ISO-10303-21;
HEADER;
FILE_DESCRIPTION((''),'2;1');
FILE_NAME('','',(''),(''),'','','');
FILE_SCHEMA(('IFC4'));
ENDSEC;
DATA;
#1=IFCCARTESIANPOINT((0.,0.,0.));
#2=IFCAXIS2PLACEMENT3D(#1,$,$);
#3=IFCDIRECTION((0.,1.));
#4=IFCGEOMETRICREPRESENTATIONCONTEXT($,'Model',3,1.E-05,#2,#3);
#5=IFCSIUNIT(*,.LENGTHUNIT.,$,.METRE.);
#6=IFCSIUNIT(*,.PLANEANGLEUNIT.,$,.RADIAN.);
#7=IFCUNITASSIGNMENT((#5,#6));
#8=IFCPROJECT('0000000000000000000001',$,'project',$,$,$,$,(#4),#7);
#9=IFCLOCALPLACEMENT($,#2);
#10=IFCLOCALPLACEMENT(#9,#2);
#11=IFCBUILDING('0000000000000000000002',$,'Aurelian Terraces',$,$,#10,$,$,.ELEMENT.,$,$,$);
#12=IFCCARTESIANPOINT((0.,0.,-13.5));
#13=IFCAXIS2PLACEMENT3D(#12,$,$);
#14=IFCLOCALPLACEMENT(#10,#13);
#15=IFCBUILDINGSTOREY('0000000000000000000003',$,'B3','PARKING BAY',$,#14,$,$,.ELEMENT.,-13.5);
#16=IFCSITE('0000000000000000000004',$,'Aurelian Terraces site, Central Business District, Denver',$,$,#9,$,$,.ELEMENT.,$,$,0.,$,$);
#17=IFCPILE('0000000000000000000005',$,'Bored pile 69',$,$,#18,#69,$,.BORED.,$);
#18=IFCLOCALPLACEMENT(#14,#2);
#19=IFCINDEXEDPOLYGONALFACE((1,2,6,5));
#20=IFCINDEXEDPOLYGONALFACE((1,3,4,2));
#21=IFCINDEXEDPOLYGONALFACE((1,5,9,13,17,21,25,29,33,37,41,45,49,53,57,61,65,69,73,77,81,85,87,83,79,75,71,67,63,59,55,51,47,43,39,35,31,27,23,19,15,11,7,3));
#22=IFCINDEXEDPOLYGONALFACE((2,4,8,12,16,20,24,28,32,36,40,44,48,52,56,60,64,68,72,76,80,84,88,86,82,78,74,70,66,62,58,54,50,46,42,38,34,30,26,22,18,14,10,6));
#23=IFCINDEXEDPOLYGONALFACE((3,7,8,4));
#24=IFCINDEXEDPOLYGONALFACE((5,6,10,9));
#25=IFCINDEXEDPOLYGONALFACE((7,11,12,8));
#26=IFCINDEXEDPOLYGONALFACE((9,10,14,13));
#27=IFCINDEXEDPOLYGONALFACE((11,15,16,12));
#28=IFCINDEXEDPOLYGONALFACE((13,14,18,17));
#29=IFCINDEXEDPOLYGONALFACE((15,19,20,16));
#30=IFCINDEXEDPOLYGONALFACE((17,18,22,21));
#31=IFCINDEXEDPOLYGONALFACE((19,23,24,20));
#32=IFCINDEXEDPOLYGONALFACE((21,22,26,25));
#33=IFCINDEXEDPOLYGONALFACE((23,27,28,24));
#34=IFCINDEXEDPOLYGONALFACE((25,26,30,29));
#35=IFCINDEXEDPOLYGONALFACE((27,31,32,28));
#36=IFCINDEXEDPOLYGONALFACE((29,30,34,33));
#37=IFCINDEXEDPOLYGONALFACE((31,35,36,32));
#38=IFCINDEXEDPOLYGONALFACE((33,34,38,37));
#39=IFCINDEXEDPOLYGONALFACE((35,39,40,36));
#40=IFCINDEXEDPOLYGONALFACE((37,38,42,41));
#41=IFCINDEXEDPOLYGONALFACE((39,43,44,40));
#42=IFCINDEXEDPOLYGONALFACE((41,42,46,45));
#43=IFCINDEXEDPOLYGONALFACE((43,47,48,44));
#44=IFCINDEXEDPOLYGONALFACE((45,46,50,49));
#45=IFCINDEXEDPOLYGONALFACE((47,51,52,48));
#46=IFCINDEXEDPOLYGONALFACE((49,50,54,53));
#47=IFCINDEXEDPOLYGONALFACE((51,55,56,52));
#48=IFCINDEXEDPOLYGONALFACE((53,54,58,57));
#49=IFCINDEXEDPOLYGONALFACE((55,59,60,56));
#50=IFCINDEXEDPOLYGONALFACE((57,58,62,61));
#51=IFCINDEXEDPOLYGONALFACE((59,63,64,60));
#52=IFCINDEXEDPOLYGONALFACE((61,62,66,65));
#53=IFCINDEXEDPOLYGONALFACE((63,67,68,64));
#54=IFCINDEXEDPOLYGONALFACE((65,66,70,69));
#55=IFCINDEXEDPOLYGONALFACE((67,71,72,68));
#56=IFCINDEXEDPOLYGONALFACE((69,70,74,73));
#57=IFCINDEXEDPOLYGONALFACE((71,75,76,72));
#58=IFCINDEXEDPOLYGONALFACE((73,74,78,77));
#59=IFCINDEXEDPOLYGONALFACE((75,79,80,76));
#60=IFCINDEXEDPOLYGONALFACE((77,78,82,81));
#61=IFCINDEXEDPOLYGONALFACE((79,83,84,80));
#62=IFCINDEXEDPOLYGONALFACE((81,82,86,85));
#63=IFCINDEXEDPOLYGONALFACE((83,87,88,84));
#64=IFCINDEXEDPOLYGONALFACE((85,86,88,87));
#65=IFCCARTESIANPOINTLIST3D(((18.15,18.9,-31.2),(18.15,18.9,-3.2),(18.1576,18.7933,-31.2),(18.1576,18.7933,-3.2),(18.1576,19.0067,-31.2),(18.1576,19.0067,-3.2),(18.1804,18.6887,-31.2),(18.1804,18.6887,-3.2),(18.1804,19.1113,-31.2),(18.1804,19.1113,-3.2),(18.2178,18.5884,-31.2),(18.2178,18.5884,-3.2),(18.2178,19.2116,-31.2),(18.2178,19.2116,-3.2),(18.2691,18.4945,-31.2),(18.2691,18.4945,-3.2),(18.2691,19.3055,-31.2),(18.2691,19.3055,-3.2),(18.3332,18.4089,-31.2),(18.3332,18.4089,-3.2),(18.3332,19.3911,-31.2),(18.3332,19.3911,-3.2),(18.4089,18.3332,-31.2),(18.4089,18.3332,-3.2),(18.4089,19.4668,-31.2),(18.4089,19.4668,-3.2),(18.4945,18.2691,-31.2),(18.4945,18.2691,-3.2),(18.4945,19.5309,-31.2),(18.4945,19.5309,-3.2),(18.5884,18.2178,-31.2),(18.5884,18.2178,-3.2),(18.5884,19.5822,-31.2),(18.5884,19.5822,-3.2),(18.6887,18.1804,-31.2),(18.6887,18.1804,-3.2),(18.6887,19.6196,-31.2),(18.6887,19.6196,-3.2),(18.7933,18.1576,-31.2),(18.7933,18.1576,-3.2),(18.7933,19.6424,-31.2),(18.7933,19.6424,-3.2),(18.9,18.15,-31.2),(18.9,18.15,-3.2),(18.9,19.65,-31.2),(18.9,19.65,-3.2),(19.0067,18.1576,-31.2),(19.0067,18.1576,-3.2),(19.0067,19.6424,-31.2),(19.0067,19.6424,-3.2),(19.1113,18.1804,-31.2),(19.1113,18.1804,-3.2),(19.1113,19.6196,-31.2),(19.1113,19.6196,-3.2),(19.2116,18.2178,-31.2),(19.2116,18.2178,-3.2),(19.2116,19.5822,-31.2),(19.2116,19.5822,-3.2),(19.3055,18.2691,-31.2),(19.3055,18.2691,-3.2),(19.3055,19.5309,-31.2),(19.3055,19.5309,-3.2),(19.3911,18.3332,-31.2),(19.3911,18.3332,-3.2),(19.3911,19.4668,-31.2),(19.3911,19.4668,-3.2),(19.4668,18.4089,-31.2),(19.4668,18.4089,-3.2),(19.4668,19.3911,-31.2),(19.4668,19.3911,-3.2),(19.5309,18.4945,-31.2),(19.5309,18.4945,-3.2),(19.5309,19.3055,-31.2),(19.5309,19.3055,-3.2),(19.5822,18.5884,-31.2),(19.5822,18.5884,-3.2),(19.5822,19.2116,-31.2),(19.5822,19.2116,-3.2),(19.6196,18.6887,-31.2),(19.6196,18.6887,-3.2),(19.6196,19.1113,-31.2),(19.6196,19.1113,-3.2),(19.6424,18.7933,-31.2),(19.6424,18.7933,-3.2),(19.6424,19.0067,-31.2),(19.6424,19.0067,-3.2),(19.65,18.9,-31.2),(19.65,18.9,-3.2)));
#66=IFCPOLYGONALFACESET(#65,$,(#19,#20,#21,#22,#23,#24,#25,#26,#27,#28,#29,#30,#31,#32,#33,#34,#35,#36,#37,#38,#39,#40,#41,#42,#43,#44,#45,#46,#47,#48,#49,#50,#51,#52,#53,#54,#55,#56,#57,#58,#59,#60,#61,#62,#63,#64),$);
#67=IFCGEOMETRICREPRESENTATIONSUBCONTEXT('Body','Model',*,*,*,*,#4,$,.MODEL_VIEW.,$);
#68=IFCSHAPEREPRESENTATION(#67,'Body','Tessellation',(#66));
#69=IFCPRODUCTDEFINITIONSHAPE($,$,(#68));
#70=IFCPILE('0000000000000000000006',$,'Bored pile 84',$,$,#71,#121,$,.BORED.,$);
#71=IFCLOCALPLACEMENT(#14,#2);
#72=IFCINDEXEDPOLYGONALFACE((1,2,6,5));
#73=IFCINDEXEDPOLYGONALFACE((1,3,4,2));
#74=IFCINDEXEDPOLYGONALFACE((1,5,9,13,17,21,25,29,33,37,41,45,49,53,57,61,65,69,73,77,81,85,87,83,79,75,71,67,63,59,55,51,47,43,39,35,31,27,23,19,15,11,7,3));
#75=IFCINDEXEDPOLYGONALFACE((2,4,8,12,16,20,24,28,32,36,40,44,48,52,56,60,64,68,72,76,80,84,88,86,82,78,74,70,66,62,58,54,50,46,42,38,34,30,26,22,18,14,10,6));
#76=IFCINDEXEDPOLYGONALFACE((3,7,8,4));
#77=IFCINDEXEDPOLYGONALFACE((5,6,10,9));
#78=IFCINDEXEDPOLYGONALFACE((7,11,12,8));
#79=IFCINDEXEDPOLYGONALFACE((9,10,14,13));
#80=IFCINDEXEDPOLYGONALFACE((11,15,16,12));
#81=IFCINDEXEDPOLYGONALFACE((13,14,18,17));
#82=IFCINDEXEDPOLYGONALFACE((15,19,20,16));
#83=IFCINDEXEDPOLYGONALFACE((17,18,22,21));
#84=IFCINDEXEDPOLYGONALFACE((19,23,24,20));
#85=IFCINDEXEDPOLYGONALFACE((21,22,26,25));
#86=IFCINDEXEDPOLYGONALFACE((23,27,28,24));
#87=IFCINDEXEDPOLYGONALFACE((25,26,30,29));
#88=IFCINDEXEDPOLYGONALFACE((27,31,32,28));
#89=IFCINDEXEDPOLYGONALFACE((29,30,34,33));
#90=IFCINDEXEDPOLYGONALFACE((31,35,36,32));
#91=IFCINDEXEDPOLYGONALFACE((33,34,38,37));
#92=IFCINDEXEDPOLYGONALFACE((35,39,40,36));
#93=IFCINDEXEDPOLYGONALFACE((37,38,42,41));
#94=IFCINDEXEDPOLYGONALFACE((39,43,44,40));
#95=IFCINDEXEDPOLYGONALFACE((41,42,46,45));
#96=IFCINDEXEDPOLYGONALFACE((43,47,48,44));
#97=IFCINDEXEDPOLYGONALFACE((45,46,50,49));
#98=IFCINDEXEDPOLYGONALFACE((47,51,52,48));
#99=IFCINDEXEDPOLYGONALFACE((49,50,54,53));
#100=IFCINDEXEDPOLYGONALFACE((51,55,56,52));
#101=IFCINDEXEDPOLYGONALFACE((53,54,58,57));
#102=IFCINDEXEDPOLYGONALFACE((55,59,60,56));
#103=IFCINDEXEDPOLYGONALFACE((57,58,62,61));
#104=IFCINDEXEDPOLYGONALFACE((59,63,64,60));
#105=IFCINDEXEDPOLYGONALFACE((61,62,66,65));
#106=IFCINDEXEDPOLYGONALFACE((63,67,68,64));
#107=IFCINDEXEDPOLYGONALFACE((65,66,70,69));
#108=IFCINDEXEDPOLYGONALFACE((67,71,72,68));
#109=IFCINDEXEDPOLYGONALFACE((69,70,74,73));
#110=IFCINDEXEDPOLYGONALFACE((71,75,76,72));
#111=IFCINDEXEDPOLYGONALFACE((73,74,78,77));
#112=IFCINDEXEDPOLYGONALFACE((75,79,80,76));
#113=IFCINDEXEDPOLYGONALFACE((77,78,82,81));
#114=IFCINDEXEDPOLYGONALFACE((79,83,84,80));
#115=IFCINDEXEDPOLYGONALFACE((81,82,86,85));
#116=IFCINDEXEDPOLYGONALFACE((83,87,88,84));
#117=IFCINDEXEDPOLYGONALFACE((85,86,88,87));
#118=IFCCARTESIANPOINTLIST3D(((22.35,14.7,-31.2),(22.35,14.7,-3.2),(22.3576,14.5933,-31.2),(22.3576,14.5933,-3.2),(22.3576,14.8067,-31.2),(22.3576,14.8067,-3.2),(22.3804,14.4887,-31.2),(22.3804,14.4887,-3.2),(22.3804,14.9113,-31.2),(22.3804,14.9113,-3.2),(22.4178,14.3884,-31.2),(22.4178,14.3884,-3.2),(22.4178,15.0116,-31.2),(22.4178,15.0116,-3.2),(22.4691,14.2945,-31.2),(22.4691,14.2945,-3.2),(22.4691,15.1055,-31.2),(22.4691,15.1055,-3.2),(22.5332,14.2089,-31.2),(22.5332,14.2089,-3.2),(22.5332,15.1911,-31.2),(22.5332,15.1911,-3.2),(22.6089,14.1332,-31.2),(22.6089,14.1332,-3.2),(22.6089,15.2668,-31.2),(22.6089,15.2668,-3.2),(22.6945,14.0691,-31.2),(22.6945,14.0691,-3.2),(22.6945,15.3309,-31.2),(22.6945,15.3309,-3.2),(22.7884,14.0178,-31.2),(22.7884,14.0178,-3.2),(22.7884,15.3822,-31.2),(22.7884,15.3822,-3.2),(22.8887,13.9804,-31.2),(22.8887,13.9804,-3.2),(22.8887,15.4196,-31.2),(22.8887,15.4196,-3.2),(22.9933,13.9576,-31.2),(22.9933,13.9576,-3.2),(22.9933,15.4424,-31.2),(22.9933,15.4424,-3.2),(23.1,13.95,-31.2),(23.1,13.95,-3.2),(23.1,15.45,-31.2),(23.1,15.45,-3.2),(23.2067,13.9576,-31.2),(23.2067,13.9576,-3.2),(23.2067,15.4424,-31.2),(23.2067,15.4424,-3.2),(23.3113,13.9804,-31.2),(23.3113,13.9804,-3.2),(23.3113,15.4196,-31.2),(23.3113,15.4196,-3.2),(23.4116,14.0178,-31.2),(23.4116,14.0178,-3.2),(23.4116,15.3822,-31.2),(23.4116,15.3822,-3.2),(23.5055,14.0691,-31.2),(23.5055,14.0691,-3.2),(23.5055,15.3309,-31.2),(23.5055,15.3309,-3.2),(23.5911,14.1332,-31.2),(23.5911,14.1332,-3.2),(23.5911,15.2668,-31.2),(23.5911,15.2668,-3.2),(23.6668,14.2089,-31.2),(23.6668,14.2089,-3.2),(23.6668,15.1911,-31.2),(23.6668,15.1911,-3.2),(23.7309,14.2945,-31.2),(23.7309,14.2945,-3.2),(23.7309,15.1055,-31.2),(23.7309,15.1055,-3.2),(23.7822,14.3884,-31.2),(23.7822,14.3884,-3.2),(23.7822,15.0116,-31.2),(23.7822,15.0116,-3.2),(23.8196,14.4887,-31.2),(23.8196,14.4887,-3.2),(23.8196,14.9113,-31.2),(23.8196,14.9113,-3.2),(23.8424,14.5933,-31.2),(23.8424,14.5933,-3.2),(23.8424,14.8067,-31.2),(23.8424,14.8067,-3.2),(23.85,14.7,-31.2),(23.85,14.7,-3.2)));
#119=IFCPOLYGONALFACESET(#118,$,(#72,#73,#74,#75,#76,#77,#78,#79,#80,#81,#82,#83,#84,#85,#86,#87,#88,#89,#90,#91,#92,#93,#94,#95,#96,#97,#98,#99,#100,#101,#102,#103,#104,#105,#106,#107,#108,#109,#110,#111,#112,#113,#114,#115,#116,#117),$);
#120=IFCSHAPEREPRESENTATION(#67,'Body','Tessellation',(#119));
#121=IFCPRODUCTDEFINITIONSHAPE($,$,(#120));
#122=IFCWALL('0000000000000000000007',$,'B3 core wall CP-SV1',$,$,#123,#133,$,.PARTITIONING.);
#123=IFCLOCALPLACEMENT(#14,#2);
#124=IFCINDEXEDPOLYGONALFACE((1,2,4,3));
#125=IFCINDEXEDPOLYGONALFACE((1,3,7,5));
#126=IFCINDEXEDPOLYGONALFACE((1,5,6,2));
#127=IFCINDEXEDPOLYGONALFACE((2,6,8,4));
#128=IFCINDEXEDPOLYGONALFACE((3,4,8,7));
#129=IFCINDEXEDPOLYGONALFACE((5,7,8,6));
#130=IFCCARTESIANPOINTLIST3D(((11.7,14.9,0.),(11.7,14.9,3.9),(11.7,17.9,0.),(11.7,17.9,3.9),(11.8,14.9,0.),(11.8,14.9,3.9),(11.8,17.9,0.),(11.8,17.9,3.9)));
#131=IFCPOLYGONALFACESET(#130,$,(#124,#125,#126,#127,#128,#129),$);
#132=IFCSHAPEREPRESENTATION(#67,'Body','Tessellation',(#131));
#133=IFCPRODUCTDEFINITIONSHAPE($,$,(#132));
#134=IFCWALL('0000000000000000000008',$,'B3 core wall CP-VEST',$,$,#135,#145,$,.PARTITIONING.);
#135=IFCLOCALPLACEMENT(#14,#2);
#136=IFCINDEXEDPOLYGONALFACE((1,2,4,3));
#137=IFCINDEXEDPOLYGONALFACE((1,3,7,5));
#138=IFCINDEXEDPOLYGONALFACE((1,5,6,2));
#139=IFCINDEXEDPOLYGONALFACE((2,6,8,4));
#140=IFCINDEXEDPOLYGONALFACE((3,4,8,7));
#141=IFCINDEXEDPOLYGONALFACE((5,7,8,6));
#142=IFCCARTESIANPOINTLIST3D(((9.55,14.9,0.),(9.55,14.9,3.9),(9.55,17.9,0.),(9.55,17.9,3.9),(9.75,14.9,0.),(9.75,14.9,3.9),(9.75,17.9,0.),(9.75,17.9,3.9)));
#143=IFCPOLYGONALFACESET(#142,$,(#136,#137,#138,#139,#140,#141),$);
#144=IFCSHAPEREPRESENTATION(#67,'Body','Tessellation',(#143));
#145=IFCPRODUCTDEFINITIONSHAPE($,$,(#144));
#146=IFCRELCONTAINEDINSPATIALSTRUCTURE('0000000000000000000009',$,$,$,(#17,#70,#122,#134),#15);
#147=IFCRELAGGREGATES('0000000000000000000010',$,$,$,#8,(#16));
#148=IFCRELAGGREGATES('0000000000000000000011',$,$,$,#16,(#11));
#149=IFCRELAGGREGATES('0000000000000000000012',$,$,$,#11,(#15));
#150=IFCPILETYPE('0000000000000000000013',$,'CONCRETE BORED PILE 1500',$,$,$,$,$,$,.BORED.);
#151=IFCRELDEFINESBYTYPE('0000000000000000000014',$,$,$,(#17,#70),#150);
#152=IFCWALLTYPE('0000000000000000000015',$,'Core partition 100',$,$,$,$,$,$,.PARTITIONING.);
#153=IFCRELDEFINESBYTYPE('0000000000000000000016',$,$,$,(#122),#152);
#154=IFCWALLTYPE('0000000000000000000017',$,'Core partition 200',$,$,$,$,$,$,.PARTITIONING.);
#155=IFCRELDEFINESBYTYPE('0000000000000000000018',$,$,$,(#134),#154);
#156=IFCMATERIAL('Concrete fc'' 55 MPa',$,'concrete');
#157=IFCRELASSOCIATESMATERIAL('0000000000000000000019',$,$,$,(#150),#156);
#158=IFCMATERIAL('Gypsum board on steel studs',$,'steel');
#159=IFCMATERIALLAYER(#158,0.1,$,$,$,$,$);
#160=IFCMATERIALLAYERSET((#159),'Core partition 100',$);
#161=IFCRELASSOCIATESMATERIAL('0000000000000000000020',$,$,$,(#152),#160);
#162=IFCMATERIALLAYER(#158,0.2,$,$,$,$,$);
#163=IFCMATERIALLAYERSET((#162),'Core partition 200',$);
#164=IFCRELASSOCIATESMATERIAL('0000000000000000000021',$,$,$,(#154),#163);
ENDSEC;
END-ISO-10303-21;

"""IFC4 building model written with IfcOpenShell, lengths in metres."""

from ifc_helpers import new_model, si_unit, direction, frame, frame_2d, origin, origin_2d, place, context, subcontext, project, spatial, rectangle, circle, extrude, source, transform, mapped, material, layer, layer_set, material_profile, profile_set, type_object, element, save


model = new_model("IFC4")

# Units and contexts
model_context = context("Model", 3, precision=1e-05, world=origin(), true_north=direction((0.0, 1.0)))
body_context = subcontext(model_context, "Body", "Model", "MODEL_VIEW")
ifc_project = project(units=[si_unit("LENGTHUNIT", "METRE"), si_unit("PLANEANGLEUNIT", "RADIAN")], contexts=[model_context])

# Site, building, storey
site_placement = place(None, origin())
site = spatial("IfcSite", under=ifc_project, at=site_placement, Name="Aurelian Terraces site, Central Business District, Denver", CompositionType="ELEMENT", RefElevation=0.0)
building_placement = place(site_placement, origin())
building = spatial("IfcBuilding", under=site, at=building_placement, Name="Aurelian Terraces", CompositionType="ELEMENT")
storey_placement = place(building_placement, frame((0.0, 0.0, -13.5)))
storey = spatial("IfcBuildingStorey", under=building, at=storey_placement, Name="B3", Description="PARKING BAY", CompositionType="ELEMENT", Elevation=-13.5)

# Piles
ifc_material_1 = material(Name="Concrete fc' 55 MPa", Category="concrete")
ifc_material_profile = material_profile(ifc_material_1, circle(Radius=0.75, at=origin_2d()))
ifc_profile_set = profile_set([ifc_material_profile], Name="Concrete fc' 55 MPa")
pile_type = type_object("IfcPileType", Name="CONCRETE BORED PILE 1500", PredefinedType="BORED", material=ifc_profile_set)
shared_shape_1 = source(origin(), body_context, "Body", "SweptSolid", [
    extrude(circle(Radius=0.75, at=origin_2d()), origin(), (0.0, 0.0, 1.0), 28.0),
])
for number, where, z_axis, x_axis, name in (
    (1, (18.9, 18.9, -3.2), (0.0, 0.0, -1.0), (1.0, 0.0, 0.0), "Bored pile 69"),
    (2, (23.1, 14.7, -3.2), (0.0, 0.0, -1.0), (1.0, 0.0, 0.0), "Bored pile 84"),
):
    element("IfcPile", number, at=place(storey_placement, frame(where, z_axis=z_axis, x_axis=x_axis)), inside=storey, type_object=pile_type, Name=name, PredefinedType="BORED", context=body_context, shape_type="MappedRepresentation", body=[
        mapped(shared_shape_1, transform((0.0, 0.0, 0.0), scale=1.0)),
    ])

# Walls
ifc_material_2 = material(Name="Gypsum board on steel studs", Category="steel")
ifc_layer_1 = layer(ifc_material_2, 0.1)
ifc_layer_set_1 = layer_set([ifc_layer_1], Name="Core partition 100")
wall_type_1 = type_object("IfcWallType", Name="Core partition 100", PredefinedType="PARTITIONING", material=ifc_layer_set_1)
wall_1_placement = place(storey_placement, frame((11.75, 14.9, 0.0), z_axis=(0.0, 0.0, 1.0), x_axis=(0.0, 1.0, 0.0)))
element("IfcWall", 3, at=wall_1_placement, inside=storey, type_object=wall_type_1, Name="B3 core wall CP-SV1", PredefinedType="PARTITIONING", context=body_context, shape_type="SweptSolid", body=[
    extrude(rectangle(XDim=3.0, YDim=0.1, at=frame_2d((1.5, 0.0))), origin(), (0.0, 0.0, 1.0), 3.9),
])
ifc_layer_2 = layer(ifc_material_2, 0.2)
ifc_layer_set_2 = layer_set([ifc_layer_2], Name="Core partition 200")
wall_type_2 = type_object("IfcWallType", Name="Core partition 200", PredefinedType="PARTITIONING", material=ifc_layer_set_2)
wall_2_placement = place(storey_placement, frame((9.65, 14.9, 0.0), z_axis=(0.0, 0.0, 1.0), x_axis=(0.0, 1.0, 0.0)))
element("IfcWall", 4, at=wall_2_placement, inside=storey, type_object=wall_type_2, Name="B3 core wall CP-VEST", PredefinedType="PARTITIONING", context=body_context, shape_type="SweptSolid", body=[
    extrude(rectangle(XDim=3.0, YDim=0.2, at=frame_2d((1.5, 0.0))), origin(), (0.0, 0.0, 1.0), 3.9),
])

save(model, "model.ifc")
